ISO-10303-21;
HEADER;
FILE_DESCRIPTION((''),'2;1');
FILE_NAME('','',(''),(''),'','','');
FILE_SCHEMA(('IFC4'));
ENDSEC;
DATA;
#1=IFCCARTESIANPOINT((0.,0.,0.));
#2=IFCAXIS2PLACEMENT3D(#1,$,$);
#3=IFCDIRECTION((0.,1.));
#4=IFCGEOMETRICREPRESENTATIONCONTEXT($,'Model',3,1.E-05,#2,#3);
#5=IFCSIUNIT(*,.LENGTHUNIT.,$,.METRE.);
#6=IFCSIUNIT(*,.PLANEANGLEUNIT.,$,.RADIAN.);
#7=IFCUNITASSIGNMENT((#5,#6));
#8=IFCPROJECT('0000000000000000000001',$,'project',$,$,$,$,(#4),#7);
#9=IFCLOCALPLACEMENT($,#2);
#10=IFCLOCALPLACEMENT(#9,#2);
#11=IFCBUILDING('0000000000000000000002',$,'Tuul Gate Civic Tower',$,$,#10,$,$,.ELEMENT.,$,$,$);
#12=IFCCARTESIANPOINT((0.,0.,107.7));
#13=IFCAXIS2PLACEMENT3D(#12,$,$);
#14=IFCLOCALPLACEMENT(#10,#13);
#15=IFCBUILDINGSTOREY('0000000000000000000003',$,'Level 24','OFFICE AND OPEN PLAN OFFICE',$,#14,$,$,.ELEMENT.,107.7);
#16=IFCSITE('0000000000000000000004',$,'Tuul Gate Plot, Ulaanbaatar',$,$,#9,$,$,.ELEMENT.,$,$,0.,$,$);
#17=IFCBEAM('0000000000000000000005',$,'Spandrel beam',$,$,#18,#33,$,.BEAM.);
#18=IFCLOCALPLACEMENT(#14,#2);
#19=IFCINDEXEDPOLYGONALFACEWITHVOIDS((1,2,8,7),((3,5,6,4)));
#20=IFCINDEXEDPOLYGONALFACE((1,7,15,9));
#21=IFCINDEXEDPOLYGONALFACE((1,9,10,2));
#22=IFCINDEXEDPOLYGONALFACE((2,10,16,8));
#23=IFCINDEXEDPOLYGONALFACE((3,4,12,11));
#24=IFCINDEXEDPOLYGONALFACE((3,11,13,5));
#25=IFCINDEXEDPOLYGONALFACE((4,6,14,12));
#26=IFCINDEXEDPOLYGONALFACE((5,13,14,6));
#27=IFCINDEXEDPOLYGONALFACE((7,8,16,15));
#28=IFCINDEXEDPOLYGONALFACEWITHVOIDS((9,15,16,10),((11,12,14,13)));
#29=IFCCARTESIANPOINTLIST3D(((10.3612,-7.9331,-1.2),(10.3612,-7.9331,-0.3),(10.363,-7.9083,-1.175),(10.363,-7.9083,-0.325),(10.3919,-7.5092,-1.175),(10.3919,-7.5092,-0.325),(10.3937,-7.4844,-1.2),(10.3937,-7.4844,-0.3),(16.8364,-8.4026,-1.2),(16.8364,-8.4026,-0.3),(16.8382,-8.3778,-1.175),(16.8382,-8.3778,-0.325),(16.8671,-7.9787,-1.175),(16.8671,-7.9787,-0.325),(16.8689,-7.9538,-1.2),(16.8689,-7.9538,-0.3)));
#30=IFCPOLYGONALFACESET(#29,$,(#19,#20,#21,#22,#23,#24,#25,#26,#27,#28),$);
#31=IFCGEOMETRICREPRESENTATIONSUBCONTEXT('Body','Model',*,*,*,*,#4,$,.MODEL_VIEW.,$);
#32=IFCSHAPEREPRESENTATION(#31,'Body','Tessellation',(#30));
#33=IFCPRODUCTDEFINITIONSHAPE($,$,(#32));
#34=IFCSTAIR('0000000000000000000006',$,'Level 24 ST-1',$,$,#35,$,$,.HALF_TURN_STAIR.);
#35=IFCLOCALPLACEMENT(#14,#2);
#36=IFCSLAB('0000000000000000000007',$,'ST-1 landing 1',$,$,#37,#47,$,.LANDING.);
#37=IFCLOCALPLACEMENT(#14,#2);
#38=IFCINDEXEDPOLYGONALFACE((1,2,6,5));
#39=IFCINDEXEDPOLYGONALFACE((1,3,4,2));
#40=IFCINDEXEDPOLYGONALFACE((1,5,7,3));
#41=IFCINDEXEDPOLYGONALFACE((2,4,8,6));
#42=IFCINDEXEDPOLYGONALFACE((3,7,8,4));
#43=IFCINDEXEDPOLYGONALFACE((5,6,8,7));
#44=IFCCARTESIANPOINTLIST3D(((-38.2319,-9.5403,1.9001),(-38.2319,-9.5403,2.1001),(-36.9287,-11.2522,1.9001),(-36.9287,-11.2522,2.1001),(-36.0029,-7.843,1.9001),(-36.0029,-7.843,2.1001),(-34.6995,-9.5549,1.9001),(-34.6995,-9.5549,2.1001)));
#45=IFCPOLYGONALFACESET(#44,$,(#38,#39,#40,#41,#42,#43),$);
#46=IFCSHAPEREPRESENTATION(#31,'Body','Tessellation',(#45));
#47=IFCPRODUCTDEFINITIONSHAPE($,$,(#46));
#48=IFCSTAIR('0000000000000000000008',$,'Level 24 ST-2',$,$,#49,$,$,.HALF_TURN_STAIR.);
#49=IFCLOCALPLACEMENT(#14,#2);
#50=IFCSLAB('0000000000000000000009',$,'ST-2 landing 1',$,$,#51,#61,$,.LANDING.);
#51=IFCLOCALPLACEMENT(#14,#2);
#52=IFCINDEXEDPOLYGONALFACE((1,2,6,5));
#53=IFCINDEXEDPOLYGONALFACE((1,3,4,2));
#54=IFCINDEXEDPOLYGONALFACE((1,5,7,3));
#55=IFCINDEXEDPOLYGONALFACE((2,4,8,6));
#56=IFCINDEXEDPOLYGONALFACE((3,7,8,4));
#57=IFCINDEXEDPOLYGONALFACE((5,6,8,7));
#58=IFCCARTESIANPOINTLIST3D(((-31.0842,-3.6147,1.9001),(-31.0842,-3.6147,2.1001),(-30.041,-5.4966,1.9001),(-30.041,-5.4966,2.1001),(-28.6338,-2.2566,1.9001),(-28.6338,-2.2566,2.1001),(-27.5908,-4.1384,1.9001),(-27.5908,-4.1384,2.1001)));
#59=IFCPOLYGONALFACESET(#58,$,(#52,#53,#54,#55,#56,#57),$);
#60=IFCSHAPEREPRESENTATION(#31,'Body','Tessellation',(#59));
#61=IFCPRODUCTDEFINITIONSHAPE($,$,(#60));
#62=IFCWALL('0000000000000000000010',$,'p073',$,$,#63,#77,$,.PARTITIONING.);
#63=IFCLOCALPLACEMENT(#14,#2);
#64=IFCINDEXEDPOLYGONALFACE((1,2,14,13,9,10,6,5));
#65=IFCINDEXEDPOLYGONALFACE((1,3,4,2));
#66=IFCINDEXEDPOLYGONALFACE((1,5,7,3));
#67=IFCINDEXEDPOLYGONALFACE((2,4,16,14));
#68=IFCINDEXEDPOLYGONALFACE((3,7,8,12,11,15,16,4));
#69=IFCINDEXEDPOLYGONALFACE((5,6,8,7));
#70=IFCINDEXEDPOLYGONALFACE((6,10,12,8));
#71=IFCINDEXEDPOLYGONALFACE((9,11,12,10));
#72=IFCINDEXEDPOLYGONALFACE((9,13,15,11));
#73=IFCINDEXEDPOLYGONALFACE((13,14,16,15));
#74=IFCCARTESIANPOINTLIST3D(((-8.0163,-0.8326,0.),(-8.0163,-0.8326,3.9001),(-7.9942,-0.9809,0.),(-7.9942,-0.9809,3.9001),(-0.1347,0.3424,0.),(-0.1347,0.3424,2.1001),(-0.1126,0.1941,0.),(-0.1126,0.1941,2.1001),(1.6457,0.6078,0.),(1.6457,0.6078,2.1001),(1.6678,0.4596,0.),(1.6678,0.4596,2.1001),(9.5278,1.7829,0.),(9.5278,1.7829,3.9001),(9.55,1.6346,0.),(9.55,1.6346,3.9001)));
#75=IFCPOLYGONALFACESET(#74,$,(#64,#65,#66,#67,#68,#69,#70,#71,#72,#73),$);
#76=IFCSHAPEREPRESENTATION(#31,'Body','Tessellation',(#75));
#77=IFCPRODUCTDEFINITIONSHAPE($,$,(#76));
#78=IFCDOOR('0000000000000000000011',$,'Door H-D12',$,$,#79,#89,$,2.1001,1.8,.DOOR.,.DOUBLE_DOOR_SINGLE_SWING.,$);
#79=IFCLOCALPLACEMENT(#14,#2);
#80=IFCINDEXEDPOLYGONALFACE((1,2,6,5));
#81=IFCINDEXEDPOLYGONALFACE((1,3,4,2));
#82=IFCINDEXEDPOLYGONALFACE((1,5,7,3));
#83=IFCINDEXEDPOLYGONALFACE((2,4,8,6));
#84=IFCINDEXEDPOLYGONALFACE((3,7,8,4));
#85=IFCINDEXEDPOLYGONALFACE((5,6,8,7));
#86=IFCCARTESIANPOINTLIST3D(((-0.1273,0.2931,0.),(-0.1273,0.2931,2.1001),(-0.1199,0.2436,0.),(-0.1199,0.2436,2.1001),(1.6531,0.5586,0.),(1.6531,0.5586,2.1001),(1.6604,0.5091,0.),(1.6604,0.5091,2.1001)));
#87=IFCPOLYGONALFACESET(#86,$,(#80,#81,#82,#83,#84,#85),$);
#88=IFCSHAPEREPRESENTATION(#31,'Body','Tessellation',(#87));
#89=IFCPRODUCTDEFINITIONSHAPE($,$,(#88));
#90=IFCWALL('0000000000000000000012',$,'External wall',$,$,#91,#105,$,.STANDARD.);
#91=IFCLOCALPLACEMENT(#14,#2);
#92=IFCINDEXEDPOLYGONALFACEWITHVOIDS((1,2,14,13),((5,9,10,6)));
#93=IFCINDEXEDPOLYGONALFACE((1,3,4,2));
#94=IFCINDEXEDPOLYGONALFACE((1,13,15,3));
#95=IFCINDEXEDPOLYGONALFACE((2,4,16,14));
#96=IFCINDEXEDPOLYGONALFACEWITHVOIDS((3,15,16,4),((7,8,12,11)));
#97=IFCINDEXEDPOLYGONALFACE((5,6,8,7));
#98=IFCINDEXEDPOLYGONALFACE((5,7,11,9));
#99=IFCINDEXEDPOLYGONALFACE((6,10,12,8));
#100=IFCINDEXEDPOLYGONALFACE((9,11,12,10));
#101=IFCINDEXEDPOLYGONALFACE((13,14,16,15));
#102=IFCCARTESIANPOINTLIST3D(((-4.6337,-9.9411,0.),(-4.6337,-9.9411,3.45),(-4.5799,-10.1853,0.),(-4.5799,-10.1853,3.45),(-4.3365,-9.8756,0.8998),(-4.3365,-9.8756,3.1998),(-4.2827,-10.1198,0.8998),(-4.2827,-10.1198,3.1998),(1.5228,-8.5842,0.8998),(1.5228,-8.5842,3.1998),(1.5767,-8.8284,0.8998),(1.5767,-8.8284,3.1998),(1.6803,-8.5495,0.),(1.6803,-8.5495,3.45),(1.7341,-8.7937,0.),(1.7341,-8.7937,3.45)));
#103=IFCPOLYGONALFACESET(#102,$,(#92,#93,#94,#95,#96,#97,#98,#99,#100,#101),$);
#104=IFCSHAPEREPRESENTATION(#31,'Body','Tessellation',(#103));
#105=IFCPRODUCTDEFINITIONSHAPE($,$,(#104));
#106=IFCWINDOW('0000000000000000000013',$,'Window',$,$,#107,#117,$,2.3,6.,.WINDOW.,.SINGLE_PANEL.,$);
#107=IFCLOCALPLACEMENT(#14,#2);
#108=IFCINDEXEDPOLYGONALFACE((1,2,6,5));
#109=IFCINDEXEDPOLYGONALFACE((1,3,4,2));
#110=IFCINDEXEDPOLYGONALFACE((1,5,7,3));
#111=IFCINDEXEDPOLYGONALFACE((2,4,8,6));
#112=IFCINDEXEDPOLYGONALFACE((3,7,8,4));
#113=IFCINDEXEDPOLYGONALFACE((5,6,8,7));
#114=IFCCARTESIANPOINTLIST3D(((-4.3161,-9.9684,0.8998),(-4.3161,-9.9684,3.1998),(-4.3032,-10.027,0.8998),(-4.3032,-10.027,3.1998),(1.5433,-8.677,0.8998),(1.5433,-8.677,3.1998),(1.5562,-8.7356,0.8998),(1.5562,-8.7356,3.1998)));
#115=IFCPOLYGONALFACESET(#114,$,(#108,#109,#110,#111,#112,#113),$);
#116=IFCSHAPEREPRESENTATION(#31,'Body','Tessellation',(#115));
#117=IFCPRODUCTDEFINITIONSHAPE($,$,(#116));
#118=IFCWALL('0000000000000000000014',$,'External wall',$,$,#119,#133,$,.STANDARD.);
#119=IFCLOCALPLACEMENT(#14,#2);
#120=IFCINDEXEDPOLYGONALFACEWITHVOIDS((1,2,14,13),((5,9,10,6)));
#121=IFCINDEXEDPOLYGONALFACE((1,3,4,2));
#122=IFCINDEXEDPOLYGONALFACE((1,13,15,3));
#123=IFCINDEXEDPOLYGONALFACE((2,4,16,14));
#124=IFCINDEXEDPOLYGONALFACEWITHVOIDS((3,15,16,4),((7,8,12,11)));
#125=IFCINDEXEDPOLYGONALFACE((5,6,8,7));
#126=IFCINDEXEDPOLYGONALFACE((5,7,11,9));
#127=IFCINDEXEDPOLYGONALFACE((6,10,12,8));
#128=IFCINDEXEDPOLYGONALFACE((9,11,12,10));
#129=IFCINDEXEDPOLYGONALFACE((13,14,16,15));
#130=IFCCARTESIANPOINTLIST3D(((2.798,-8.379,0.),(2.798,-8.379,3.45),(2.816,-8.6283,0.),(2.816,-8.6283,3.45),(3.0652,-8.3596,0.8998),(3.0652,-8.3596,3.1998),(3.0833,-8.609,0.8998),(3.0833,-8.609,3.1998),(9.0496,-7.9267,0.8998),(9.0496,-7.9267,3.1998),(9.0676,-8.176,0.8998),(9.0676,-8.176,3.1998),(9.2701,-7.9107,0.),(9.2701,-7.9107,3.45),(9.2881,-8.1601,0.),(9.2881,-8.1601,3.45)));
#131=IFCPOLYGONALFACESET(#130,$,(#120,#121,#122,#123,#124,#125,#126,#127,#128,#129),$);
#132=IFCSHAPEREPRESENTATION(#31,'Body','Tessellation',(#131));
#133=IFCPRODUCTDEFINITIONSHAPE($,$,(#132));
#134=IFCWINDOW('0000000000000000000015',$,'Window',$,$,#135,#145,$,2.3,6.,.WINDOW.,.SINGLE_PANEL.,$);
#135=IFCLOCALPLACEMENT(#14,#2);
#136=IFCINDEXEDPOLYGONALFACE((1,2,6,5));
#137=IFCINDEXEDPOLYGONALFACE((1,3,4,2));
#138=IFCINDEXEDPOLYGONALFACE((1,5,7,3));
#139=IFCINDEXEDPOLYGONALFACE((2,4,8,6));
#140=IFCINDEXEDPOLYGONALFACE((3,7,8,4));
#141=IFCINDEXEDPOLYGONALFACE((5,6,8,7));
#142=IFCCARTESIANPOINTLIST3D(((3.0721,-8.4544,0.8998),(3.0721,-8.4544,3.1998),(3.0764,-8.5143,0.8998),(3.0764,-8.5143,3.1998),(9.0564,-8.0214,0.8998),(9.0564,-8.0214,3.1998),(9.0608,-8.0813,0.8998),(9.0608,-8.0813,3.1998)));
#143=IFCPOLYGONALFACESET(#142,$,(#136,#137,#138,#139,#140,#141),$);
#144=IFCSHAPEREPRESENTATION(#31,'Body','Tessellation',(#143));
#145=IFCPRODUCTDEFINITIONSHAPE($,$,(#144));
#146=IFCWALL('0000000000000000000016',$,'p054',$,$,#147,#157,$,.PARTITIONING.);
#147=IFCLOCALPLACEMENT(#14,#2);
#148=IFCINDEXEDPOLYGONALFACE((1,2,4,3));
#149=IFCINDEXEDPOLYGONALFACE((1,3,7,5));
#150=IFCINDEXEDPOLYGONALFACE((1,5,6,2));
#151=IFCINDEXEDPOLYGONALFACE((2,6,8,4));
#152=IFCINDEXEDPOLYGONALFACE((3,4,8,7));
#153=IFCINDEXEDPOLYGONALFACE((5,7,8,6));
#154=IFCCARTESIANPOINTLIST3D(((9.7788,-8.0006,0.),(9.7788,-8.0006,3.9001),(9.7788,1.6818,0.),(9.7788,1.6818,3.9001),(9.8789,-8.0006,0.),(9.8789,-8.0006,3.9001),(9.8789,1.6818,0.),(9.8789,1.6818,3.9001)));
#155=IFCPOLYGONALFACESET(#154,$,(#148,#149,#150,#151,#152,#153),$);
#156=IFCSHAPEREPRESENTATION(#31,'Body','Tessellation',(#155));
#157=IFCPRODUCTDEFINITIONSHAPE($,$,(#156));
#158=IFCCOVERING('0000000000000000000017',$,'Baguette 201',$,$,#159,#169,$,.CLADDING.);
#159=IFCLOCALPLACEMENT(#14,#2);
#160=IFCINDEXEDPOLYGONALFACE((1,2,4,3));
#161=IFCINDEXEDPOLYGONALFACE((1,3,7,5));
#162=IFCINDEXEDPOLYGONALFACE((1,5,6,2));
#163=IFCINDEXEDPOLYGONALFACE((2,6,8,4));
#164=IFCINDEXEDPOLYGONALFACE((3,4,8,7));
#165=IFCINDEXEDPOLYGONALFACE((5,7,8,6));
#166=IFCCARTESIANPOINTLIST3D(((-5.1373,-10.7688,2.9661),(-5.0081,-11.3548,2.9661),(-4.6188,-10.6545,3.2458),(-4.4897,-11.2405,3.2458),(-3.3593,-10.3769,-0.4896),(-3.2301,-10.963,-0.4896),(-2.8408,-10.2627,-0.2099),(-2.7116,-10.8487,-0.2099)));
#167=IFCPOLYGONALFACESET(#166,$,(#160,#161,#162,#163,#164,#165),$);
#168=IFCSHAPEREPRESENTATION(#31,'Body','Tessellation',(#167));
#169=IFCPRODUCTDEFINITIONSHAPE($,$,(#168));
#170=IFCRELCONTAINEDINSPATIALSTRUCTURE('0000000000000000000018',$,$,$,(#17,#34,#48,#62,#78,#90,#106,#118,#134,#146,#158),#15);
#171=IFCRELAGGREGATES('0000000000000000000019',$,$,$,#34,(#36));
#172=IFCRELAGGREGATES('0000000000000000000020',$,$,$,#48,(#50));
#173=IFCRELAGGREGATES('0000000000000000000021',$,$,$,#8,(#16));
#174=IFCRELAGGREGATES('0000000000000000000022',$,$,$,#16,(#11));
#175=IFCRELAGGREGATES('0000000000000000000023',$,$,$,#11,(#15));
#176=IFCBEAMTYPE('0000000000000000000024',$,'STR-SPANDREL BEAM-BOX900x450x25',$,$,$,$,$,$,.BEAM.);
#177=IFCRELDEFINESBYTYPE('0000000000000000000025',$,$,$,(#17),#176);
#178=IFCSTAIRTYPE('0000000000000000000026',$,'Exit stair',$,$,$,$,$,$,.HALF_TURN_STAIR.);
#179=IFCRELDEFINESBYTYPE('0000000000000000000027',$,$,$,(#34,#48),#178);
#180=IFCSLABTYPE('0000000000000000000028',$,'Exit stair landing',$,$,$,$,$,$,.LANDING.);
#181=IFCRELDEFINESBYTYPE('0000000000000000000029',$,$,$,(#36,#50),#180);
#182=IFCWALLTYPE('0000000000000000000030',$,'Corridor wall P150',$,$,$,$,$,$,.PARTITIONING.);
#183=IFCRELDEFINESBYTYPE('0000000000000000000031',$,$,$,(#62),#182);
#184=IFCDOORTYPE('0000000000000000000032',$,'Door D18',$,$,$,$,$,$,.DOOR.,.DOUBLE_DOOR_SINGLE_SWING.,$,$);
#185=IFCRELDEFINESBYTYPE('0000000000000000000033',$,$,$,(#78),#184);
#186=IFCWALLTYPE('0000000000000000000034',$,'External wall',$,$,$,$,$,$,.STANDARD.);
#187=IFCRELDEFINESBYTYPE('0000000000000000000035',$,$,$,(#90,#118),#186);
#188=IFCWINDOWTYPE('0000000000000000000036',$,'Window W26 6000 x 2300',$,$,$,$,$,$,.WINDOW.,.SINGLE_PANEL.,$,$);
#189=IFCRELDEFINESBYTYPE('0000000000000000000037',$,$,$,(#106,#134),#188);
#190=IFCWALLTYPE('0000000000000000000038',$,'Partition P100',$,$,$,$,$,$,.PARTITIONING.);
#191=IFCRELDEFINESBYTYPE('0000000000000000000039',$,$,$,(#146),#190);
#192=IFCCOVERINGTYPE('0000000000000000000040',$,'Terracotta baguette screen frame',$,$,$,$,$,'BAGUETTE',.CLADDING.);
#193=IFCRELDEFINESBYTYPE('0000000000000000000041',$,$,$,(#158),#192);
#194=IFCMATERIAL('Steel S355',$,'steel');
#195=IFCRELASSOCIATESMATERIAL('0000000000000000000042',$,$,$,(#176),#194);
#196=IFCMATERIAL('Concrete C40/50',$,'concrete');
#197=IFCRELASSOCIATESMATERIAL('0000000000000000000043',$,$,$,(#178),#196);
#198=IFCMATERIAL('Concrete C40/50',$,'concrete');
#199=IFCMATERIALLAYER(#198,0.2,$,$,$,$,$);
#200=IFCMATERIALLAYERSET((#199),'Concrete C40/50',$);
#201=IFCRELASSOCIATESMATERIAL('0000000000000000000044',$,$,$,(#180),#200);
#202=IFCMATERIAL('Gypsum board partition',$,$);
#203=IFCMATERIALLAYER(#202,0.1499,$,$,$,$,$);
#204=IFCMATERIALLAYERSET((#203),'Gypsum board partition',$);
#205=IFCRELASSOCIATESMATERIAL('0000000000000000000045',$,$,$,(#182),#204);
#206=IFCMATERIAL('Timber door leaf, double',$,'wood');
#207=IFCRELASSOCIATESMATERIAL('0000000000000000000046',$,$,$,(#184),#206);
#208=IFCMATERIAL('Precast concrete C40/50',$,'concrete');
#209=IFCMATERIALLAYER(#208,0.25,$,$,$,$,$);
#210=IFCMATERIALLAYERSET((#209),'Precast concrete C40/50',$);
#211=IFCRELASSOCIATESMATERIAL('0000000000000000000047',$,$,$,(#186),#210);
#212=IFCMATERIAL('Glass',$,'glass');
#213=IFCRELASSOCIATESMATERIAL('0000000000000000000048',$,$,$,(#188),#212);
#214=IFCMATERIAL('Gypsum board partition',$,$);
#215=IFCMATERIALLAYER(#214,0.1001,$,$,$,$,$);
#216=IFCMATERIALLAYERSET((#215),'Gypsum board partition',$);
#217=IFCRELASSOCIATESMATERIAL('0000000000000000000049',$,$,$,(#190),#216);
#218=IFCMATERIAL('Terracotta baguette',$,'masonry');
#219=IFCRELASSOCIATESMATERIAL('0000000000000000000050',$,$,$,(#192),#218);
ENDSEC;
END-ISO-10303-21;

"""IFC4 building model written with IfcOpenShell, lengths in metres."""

from ifc_helpers import new_model, si_unit, direction, frame, frame_2d, origin, origin_2d, place, context, subcontext, project, spatial, polyline, rectangle, hollow_rectangle, outline, extrude, material, layer, layer_set, material_profile, profile_set, type_object, element, fill, aggregate, save


model = new_model("IFC4")

# Units and contexts
model_context = context("Model", 3, precision=1e-05, world=origin(), true_north=direction((0.0, 1.0)))
body_context = subcontext(model_context, "Body", "Model", "MODEL_VIEW")
ifc_project = project(units=[si_unit("LENGTHUNIT", "METRE"), si_unit("PLANEANGLEUNIT", "RADIAN")], contexts=[model_context])

# Site, building, storey
site_placement = place(None, origin())
site = spatial("IfcSite", under=ifc_project, at=site_placement, Name="Tuul Gate Plot, Ulaanbaatar", CompositionType="ELEMENT", RefElevation=0.0)
building_placement = place(site_placement, origin())
building = spatial("IfcBuilding", under=site, at=building_placement, Name="Tuul Gate Civic Tower", CompositionType="ELEMENT")
storey_placement = place(building_placement, frame((0.0, 0.0, 107.7)))
storey = spatial("IfcBuildingStorey", under=building, at=storey_placement, Name="Level 24", Description="OFFICE AND OPEN PLAN OFFICE", CompositionType="ELEMENT", Elevation=107.7)

# Beam
ifc_material_1 = material(Name="Steel S355", Category="steel")
ifc_material_profile_1 = material_profile(ifc_material_1, hollow_rectangle(XDim=0.45, YDim=0.8999, WallThickness=0.0249, at=origin_2d()), Name="BOX900x450x25")
ifc_profile_set_1 = profile_set([ifc_material_profile_1], Name="Steel S355")
beam_type_1 = type_object("IfcBeamType", Name="STR-SPANDREL BEAM-BOX900x450x25", PredefinedType="BEAM", material=ifc_profile_set_1)
beam_1_placement = place(storey_placement, frame((10.3774, -7.7087, -0.75), z_axis=(0.997382, -0.072316, 0.0), x_axis=(0.072316, 0.997382, 0.0)))
element("IfcBeam", 1, at=beam_1_placement, inside=storey, type_object=beam_type_1, Name="Spandrel beam", PredefinedType="BEAM", context=body_context, shape_type="SweptSolid", body=[
    extrude(hollow_rectangle(XDim=0.45, YDim=0.8999, WallThickness=0.0249, at=origin_2d()), origin(), (0.0, 0.0, 1.0), 6.4922),
])

# Stairs, slabs
ifc_material_2 = material(Name="Concrete C40/50", Category="concrete")
stair_type = type_object("IfcStairType", Name="Exit stair", PredefinedType="HALF_TURN_STAIR", material=ifc_material_2)
stair_1_placement = place(storey_placement, origin())
stair_1 = element("IfcStair", 2, at=stair_1_placement, inside=storey, type_object=stair_type, Name="Level 24 ST-1", PredefinedType="HALF_TURN_STAIR")
ifc_material_3 = material(Name="Concrete C40/50", Category="concrete")
ifc_layer_1 = layer(ifc_material_3, 0.2)
ifc_layer_set_1 = layer_set([ifc_layer_1], Name="Concrete C40/50")
slab_type = type_object("IfcSlabType", Name="Exit stair landing", PredefinedType="LANDING", material=ifc_layer_set_1)
slab_1_placement = place(storey_placement, frame((0.0, 0.0, 1.9001)))
slab_1 = element("IfcSlab", 3, at=slab_1_placement, type_object=slab_type, Name="ST-1 landing 1", PredefinedType="LANDING", context=body_context, shape_type="SweptSolid", body=[
    extrude(outline(polyline([(-34.6995, -9.5549), (-36.9287, -11.2522), (-38.2319, -9.5403), (-36.0029, -7.843), (-34.6995, -9.5549)])), origin(), (0.0, 0.0, 1.0), 0.2),
])
aggregate(stair_1, [slab_1])
stair_2_placement = place(storey_placement, origin())
stair_2 = element("IfcStair", 4, at=stair_2_placement, inside=storey, type_object=stair_type, Name="Level 24 ST-2", PredefinedType="HALF_TURN_STAIR")
slab_2_placement = place(storey_placement, frame((0.0, 0.0, 1.9001)))
slab_2 = element("IfcSlab", 5, at=slab_2_placement, type_object=slab_type, Name="ST-2 landing 1", PredefinedType="LANDING", context=body_context, shape_type="SweptSolid", body=[
    extrude(outline(polyline([(-27.5908, -4.1384), (-30.041, -5.4966), (-31.0842, -3.6147), (-28.6338, -2.2566), (-27.5908, -4.1384)])), origin(), (0.0, 0.0, 1.0), 0.2),
])
aggregate(stair_2, [slab_2])

# Wall, opening, door
ifc_material_4 = material(Name="Gypsum board partition")
ifc_layer_2 = layer(ifc_material_4, 0.1499)
ifc_layer_set_2 = layer_set([ifc_layer_2], Name="Gypsum board partition")
wall_type_1 = type_object("IfcWallType", Name="Corridor wall P150", PredefinedType="PARTITIONING", material=ifc_layer_set_2)
wall_1_placement = place(storey_placement, frame((-8.0054, -0.9067, 0.0), z_axis=(0.0, 0.0, 1.0), x_axis=(0.98907, 0.14745, 0.0)))
wall_1 = element("IfcWall", 6, at=wall_1_placement, inside=storey, type_object=wall_type_1, Name="p073", PredefinedType="PARTITIONING", context=body_context, shape_type="SweptSolid", body=[
    extrude(rectangle(XDim=17.738, YDim=0.1499, at=frame_2d((8.8691, 0.0))), origin(), (0.0, 0.0, 1.0), 3.9001),
])
opening_1_placement = place(wall_1_placement, frame((7.969, 0.0, 0.0)))
opening_1 = element("IfcOpeningElement", 7, at=opening_1_placement, cuts=wall_1, PredefinedType="OPENING", context=body_context, shape_type="SweptSolid", body=[
    extrude(rectangle(XDim=1.8, YDim=2.1001, at=frame_2d((0.8999, 1.05))), frame((0.0, 0.085, 0.0), z_axis=(0.0, -1.0, 0.0), x_axis=(1.0, 0.0, 0.0)), (0.0, 0.0, 1.0), 0.1699),
])
ifc_material_5 = material(Name="Timber door leaf, double", Category="wood")
door_type = type_object("IfcDoorType", Name="Door D18", OperationType="DOUBLE_DOOR_SINGLE_SWING", PredefinedType="DOOR", material=ifc_material_5)
door_placement = place(opening_1_placement, frame((1.8, 0.0, 0.0), z_axis=(0.0, 0.0, 1.0), x_axis=(-1.0, 0.0, 0.0)))
door = element("IfcDoor", 8, at=door_placement, inside=storey, type_object=door_type, Name="Door H-D12", OperationType="DOUBLE_DOOR_SINGLE_SWING", OverallHeight=2.1001, OverallWidth=1.8, PredefinedType="DOOR", context=body_context, shape_type="SweptSolid", body=[
    extrude(rectangle(XDim=1.8, YDim=2.1001, at=frame_2d((0.9001, 1.05))), frame((0.0, 0.0249, 0.0), z_axis=(0.0, -1.0, 0.0), x_axis=(1.0, 0.0, 0.0)), (0.0, 0.0, 1.0), 0.05),
])
fill(opening_1, door)

# Walls, openings, windows
ifc_material_6 = material(Name="Precast concrete C40/50", Category="concrete")
ifc_layer_3 = layer(ifc_material_6, 0.25)
ifc_layer_set_3 = layer_set([ifc_layer_3], Name="Precast concrete C40/50")
wall_type_2 = type_object("IfcWallType", Name="External wall", PredefinedType="STANDARD", material=ifc_layer_set_3)
wall_2_placement = place(storey_placement, frame((-4.6069, -10.0632, 0.0), z_axis=(0.0, 0.0, 1.0), x_axis=(0.976562, 0.215235, 0.0)))
wall_2 = element("IfcWall", 9, at=wall_2_placement, inside=storey, type_object=wall_type_2, Name="External wall", PredefinedType="STANDARD", context=body_context, shape_type="SweptSolid", body=[
    extrude(rectangle(XDim=6.4656, YDim=0.25, at=frame_2d((3.2329, 0.0))), origin(), (0.0, 0.0, 1.0), 3.45),
])
opening_2_placement = place(wall_2_placement, frame((0.3044, 0.0, 0.8999)))
opening_2 = element("IfcOpeningElement", 10, at=opening_2_placement, cuts=wall_2, PredefinedType="OPENING", context=body_context, shape_type="SweptSolid", body=[
    extrude(rectangle(XDim=6.0, YDim=2.3, at=frame_2d((3.0, 1.1499))), frame((0.0, 0.135, 0.0), z_axis=(0.0, -1.0, 0.0), x_axis=(1.0, 0.0, 0.0)), (0.0, 0.0, 1.0), 0.27),
])
ifc_material_7 = material(Name="Glass", Category="glass")
window_type = type_object("IfcWindowType", Name="Window W26 6000 x 2300", PartitioningType="SINGLE_PANEL", PredefinedType="WINDOW", material=ifc_material_7)
window_1_placement = place(opening_2_placement, origin())
window_1 = element("IfcWindow", 11, at=window_1_placement, inside=storey, type_object=window_type, Name="Window", OverallHeight=2.3, OverallWidth=6.0, PartitioningType="SINGLE_PANEL", PredefinedType="WINDOW", context=body_context, shape_type="SweptSolid", body=[
    extrude(rectangle(XDim=6.0, YDim=2.3, at=frame_2d((3.0, 1.1499))), frame((0.0, 0.03, 0.0), z_axis=(0.0, -1.0, 0.0), x_axis=(1.0, 0.0, 0.0)), (0.0, 0.0, 1.0), 0.0601),
])
fill(opening_2, window_1)
wall_3_placement = place(storey_placement, frame((2.8069, -8.5037, 0.0), z_axis=(0.0, 0.0, 1.0), x_axis=(0.997393, 0.072161, 0.0)))
wall_3 = element("IfcWall", 12, at=wall_3_placement, inside=storey, type_object=wall_type_2, Name="External wall", PredefinedType="STANDARD", context=body_context, shape_type="SweptSolid", body=[
    extrude(rectangle(XDim=6.489, YDim=0.25, at=frame_2d((3.2446, 0.0))), origin(), (0.0, 0.0, 1.0), 3.45),
])
opening_3_placement = place(wall_3_placement, frame((0.2681, 0.0, 0.8999)))
opening_3 = element("IfcOpeningElement", 13, at=opening_3_placement, cuts=wall_3, PredefinedType="OPENING", context=body_context, shape_type="SweptSolid", body=[
    extrude(rectangle(XDim=6.0, YDim=2.3, at=frame_2d((3.0, 1.1499))), frame((0.0, 0.135, 0.0), z_axis=(0.0, -1.0, 0.0), x_axis=(1.0, 0.0, 0.0)), (0.0, 0.0, 1.0), 0.27),
])
window_2_placement = place(opening_3_placement, origin())
window_2 = element("IfcWindow", 14, at=window_2_placement, inside=storey, type_object=window_type, Name="Window", OverallHeight=2.3, OverallWidth=6.0, PartitioningType="SINGLE_PANEL", PredefinedType="WINDOW", context=body_context, shape_type="SweptSolid", body=[
    extrude(rectangle(XDim=6.0, YDim=2.3, at=frame_2d((3.0, 1.1499))), frame((0.0, 0.03, 0.0), z_axis=(0.0, -1.0, 0.0), x_axis=(1.0, 0.0, 0.0)), (0.0, 0.0, 1.0), 0.0601),
])
fill(opening_3, window_2)

# Wall
ifc_material_8 = material(Name="Gypsum board partition")
ifc_layer_4 = layer(ifc_material_8, 0.1001)
ifc_layer_set_4 = layer_set([ifc_layer_4], Name="Gypsum board partition")
wall_type_3 = type_object("IfcWallType", Name="Partition P100", PredefinedType="PARTITIONING", material=ifc_layer_set_4)
wall_4_placement = place(storey_placement, frame((9.8289, -8.0007, 0.0), z_axis=(0.0, 0.0, 1.0), x_axis=(0.0, 1.0, 0.0)))
element("IfcWall", 15, at=wall_4_placement, inside=storey, type_object=wall_type_3, Name="p054", PredefinedType="PARTITIONING", context=body_context, shape_type="SweptSolid", body=[
    extrude(rectangle(XDim=9.6824, YDim=0.1001, at=frame_2d((4.8413, 0.0))), origin(), (0.0, 0.0, 1.0), 3.9001),
])

# Covering
ifc_material_9 = material(Name="Terracotta baguette", Category="masonry")
ifc_material_profile_2 = material_profile(ifc_material_9, rectangle(XDim=0.6001, YDim=0.6001, at=origin_2d()), Name="Terracotta baguette screen frame")
ifc_profile_set_2 = profile_set([ifc_material_profile_2], Name="Terracotta baguette")
covering_type = type_object("IfcCoveringType", Name="Terracotta baguette screen frame", ElementType="BAGUETTE", PredefinedType="CLADDING", material=ifc_profile_set_2)
covering_1_placement = place(storey_placement, frame((-4.8135, -11.0046, 3.106), z_axis=(0.455203, 0.100316, -0.884718), x_axis=(-0.215212, 0.976567, 0.0)))
element("IfcCovering", 16, at=covering_1_placement, inside=storey, type_object=covering_type, Name="Baguette 201", PredefinedType="CLADDING", context=body_context, shape_type="SweptSolid", body=[
    extrude(rectangle(XDim=0.6001, YDim=0.6001, at=origin_2d()), origin(), (0.0, 0.0, 1.0), 3.906),
])

save(model, "model.ifc")
